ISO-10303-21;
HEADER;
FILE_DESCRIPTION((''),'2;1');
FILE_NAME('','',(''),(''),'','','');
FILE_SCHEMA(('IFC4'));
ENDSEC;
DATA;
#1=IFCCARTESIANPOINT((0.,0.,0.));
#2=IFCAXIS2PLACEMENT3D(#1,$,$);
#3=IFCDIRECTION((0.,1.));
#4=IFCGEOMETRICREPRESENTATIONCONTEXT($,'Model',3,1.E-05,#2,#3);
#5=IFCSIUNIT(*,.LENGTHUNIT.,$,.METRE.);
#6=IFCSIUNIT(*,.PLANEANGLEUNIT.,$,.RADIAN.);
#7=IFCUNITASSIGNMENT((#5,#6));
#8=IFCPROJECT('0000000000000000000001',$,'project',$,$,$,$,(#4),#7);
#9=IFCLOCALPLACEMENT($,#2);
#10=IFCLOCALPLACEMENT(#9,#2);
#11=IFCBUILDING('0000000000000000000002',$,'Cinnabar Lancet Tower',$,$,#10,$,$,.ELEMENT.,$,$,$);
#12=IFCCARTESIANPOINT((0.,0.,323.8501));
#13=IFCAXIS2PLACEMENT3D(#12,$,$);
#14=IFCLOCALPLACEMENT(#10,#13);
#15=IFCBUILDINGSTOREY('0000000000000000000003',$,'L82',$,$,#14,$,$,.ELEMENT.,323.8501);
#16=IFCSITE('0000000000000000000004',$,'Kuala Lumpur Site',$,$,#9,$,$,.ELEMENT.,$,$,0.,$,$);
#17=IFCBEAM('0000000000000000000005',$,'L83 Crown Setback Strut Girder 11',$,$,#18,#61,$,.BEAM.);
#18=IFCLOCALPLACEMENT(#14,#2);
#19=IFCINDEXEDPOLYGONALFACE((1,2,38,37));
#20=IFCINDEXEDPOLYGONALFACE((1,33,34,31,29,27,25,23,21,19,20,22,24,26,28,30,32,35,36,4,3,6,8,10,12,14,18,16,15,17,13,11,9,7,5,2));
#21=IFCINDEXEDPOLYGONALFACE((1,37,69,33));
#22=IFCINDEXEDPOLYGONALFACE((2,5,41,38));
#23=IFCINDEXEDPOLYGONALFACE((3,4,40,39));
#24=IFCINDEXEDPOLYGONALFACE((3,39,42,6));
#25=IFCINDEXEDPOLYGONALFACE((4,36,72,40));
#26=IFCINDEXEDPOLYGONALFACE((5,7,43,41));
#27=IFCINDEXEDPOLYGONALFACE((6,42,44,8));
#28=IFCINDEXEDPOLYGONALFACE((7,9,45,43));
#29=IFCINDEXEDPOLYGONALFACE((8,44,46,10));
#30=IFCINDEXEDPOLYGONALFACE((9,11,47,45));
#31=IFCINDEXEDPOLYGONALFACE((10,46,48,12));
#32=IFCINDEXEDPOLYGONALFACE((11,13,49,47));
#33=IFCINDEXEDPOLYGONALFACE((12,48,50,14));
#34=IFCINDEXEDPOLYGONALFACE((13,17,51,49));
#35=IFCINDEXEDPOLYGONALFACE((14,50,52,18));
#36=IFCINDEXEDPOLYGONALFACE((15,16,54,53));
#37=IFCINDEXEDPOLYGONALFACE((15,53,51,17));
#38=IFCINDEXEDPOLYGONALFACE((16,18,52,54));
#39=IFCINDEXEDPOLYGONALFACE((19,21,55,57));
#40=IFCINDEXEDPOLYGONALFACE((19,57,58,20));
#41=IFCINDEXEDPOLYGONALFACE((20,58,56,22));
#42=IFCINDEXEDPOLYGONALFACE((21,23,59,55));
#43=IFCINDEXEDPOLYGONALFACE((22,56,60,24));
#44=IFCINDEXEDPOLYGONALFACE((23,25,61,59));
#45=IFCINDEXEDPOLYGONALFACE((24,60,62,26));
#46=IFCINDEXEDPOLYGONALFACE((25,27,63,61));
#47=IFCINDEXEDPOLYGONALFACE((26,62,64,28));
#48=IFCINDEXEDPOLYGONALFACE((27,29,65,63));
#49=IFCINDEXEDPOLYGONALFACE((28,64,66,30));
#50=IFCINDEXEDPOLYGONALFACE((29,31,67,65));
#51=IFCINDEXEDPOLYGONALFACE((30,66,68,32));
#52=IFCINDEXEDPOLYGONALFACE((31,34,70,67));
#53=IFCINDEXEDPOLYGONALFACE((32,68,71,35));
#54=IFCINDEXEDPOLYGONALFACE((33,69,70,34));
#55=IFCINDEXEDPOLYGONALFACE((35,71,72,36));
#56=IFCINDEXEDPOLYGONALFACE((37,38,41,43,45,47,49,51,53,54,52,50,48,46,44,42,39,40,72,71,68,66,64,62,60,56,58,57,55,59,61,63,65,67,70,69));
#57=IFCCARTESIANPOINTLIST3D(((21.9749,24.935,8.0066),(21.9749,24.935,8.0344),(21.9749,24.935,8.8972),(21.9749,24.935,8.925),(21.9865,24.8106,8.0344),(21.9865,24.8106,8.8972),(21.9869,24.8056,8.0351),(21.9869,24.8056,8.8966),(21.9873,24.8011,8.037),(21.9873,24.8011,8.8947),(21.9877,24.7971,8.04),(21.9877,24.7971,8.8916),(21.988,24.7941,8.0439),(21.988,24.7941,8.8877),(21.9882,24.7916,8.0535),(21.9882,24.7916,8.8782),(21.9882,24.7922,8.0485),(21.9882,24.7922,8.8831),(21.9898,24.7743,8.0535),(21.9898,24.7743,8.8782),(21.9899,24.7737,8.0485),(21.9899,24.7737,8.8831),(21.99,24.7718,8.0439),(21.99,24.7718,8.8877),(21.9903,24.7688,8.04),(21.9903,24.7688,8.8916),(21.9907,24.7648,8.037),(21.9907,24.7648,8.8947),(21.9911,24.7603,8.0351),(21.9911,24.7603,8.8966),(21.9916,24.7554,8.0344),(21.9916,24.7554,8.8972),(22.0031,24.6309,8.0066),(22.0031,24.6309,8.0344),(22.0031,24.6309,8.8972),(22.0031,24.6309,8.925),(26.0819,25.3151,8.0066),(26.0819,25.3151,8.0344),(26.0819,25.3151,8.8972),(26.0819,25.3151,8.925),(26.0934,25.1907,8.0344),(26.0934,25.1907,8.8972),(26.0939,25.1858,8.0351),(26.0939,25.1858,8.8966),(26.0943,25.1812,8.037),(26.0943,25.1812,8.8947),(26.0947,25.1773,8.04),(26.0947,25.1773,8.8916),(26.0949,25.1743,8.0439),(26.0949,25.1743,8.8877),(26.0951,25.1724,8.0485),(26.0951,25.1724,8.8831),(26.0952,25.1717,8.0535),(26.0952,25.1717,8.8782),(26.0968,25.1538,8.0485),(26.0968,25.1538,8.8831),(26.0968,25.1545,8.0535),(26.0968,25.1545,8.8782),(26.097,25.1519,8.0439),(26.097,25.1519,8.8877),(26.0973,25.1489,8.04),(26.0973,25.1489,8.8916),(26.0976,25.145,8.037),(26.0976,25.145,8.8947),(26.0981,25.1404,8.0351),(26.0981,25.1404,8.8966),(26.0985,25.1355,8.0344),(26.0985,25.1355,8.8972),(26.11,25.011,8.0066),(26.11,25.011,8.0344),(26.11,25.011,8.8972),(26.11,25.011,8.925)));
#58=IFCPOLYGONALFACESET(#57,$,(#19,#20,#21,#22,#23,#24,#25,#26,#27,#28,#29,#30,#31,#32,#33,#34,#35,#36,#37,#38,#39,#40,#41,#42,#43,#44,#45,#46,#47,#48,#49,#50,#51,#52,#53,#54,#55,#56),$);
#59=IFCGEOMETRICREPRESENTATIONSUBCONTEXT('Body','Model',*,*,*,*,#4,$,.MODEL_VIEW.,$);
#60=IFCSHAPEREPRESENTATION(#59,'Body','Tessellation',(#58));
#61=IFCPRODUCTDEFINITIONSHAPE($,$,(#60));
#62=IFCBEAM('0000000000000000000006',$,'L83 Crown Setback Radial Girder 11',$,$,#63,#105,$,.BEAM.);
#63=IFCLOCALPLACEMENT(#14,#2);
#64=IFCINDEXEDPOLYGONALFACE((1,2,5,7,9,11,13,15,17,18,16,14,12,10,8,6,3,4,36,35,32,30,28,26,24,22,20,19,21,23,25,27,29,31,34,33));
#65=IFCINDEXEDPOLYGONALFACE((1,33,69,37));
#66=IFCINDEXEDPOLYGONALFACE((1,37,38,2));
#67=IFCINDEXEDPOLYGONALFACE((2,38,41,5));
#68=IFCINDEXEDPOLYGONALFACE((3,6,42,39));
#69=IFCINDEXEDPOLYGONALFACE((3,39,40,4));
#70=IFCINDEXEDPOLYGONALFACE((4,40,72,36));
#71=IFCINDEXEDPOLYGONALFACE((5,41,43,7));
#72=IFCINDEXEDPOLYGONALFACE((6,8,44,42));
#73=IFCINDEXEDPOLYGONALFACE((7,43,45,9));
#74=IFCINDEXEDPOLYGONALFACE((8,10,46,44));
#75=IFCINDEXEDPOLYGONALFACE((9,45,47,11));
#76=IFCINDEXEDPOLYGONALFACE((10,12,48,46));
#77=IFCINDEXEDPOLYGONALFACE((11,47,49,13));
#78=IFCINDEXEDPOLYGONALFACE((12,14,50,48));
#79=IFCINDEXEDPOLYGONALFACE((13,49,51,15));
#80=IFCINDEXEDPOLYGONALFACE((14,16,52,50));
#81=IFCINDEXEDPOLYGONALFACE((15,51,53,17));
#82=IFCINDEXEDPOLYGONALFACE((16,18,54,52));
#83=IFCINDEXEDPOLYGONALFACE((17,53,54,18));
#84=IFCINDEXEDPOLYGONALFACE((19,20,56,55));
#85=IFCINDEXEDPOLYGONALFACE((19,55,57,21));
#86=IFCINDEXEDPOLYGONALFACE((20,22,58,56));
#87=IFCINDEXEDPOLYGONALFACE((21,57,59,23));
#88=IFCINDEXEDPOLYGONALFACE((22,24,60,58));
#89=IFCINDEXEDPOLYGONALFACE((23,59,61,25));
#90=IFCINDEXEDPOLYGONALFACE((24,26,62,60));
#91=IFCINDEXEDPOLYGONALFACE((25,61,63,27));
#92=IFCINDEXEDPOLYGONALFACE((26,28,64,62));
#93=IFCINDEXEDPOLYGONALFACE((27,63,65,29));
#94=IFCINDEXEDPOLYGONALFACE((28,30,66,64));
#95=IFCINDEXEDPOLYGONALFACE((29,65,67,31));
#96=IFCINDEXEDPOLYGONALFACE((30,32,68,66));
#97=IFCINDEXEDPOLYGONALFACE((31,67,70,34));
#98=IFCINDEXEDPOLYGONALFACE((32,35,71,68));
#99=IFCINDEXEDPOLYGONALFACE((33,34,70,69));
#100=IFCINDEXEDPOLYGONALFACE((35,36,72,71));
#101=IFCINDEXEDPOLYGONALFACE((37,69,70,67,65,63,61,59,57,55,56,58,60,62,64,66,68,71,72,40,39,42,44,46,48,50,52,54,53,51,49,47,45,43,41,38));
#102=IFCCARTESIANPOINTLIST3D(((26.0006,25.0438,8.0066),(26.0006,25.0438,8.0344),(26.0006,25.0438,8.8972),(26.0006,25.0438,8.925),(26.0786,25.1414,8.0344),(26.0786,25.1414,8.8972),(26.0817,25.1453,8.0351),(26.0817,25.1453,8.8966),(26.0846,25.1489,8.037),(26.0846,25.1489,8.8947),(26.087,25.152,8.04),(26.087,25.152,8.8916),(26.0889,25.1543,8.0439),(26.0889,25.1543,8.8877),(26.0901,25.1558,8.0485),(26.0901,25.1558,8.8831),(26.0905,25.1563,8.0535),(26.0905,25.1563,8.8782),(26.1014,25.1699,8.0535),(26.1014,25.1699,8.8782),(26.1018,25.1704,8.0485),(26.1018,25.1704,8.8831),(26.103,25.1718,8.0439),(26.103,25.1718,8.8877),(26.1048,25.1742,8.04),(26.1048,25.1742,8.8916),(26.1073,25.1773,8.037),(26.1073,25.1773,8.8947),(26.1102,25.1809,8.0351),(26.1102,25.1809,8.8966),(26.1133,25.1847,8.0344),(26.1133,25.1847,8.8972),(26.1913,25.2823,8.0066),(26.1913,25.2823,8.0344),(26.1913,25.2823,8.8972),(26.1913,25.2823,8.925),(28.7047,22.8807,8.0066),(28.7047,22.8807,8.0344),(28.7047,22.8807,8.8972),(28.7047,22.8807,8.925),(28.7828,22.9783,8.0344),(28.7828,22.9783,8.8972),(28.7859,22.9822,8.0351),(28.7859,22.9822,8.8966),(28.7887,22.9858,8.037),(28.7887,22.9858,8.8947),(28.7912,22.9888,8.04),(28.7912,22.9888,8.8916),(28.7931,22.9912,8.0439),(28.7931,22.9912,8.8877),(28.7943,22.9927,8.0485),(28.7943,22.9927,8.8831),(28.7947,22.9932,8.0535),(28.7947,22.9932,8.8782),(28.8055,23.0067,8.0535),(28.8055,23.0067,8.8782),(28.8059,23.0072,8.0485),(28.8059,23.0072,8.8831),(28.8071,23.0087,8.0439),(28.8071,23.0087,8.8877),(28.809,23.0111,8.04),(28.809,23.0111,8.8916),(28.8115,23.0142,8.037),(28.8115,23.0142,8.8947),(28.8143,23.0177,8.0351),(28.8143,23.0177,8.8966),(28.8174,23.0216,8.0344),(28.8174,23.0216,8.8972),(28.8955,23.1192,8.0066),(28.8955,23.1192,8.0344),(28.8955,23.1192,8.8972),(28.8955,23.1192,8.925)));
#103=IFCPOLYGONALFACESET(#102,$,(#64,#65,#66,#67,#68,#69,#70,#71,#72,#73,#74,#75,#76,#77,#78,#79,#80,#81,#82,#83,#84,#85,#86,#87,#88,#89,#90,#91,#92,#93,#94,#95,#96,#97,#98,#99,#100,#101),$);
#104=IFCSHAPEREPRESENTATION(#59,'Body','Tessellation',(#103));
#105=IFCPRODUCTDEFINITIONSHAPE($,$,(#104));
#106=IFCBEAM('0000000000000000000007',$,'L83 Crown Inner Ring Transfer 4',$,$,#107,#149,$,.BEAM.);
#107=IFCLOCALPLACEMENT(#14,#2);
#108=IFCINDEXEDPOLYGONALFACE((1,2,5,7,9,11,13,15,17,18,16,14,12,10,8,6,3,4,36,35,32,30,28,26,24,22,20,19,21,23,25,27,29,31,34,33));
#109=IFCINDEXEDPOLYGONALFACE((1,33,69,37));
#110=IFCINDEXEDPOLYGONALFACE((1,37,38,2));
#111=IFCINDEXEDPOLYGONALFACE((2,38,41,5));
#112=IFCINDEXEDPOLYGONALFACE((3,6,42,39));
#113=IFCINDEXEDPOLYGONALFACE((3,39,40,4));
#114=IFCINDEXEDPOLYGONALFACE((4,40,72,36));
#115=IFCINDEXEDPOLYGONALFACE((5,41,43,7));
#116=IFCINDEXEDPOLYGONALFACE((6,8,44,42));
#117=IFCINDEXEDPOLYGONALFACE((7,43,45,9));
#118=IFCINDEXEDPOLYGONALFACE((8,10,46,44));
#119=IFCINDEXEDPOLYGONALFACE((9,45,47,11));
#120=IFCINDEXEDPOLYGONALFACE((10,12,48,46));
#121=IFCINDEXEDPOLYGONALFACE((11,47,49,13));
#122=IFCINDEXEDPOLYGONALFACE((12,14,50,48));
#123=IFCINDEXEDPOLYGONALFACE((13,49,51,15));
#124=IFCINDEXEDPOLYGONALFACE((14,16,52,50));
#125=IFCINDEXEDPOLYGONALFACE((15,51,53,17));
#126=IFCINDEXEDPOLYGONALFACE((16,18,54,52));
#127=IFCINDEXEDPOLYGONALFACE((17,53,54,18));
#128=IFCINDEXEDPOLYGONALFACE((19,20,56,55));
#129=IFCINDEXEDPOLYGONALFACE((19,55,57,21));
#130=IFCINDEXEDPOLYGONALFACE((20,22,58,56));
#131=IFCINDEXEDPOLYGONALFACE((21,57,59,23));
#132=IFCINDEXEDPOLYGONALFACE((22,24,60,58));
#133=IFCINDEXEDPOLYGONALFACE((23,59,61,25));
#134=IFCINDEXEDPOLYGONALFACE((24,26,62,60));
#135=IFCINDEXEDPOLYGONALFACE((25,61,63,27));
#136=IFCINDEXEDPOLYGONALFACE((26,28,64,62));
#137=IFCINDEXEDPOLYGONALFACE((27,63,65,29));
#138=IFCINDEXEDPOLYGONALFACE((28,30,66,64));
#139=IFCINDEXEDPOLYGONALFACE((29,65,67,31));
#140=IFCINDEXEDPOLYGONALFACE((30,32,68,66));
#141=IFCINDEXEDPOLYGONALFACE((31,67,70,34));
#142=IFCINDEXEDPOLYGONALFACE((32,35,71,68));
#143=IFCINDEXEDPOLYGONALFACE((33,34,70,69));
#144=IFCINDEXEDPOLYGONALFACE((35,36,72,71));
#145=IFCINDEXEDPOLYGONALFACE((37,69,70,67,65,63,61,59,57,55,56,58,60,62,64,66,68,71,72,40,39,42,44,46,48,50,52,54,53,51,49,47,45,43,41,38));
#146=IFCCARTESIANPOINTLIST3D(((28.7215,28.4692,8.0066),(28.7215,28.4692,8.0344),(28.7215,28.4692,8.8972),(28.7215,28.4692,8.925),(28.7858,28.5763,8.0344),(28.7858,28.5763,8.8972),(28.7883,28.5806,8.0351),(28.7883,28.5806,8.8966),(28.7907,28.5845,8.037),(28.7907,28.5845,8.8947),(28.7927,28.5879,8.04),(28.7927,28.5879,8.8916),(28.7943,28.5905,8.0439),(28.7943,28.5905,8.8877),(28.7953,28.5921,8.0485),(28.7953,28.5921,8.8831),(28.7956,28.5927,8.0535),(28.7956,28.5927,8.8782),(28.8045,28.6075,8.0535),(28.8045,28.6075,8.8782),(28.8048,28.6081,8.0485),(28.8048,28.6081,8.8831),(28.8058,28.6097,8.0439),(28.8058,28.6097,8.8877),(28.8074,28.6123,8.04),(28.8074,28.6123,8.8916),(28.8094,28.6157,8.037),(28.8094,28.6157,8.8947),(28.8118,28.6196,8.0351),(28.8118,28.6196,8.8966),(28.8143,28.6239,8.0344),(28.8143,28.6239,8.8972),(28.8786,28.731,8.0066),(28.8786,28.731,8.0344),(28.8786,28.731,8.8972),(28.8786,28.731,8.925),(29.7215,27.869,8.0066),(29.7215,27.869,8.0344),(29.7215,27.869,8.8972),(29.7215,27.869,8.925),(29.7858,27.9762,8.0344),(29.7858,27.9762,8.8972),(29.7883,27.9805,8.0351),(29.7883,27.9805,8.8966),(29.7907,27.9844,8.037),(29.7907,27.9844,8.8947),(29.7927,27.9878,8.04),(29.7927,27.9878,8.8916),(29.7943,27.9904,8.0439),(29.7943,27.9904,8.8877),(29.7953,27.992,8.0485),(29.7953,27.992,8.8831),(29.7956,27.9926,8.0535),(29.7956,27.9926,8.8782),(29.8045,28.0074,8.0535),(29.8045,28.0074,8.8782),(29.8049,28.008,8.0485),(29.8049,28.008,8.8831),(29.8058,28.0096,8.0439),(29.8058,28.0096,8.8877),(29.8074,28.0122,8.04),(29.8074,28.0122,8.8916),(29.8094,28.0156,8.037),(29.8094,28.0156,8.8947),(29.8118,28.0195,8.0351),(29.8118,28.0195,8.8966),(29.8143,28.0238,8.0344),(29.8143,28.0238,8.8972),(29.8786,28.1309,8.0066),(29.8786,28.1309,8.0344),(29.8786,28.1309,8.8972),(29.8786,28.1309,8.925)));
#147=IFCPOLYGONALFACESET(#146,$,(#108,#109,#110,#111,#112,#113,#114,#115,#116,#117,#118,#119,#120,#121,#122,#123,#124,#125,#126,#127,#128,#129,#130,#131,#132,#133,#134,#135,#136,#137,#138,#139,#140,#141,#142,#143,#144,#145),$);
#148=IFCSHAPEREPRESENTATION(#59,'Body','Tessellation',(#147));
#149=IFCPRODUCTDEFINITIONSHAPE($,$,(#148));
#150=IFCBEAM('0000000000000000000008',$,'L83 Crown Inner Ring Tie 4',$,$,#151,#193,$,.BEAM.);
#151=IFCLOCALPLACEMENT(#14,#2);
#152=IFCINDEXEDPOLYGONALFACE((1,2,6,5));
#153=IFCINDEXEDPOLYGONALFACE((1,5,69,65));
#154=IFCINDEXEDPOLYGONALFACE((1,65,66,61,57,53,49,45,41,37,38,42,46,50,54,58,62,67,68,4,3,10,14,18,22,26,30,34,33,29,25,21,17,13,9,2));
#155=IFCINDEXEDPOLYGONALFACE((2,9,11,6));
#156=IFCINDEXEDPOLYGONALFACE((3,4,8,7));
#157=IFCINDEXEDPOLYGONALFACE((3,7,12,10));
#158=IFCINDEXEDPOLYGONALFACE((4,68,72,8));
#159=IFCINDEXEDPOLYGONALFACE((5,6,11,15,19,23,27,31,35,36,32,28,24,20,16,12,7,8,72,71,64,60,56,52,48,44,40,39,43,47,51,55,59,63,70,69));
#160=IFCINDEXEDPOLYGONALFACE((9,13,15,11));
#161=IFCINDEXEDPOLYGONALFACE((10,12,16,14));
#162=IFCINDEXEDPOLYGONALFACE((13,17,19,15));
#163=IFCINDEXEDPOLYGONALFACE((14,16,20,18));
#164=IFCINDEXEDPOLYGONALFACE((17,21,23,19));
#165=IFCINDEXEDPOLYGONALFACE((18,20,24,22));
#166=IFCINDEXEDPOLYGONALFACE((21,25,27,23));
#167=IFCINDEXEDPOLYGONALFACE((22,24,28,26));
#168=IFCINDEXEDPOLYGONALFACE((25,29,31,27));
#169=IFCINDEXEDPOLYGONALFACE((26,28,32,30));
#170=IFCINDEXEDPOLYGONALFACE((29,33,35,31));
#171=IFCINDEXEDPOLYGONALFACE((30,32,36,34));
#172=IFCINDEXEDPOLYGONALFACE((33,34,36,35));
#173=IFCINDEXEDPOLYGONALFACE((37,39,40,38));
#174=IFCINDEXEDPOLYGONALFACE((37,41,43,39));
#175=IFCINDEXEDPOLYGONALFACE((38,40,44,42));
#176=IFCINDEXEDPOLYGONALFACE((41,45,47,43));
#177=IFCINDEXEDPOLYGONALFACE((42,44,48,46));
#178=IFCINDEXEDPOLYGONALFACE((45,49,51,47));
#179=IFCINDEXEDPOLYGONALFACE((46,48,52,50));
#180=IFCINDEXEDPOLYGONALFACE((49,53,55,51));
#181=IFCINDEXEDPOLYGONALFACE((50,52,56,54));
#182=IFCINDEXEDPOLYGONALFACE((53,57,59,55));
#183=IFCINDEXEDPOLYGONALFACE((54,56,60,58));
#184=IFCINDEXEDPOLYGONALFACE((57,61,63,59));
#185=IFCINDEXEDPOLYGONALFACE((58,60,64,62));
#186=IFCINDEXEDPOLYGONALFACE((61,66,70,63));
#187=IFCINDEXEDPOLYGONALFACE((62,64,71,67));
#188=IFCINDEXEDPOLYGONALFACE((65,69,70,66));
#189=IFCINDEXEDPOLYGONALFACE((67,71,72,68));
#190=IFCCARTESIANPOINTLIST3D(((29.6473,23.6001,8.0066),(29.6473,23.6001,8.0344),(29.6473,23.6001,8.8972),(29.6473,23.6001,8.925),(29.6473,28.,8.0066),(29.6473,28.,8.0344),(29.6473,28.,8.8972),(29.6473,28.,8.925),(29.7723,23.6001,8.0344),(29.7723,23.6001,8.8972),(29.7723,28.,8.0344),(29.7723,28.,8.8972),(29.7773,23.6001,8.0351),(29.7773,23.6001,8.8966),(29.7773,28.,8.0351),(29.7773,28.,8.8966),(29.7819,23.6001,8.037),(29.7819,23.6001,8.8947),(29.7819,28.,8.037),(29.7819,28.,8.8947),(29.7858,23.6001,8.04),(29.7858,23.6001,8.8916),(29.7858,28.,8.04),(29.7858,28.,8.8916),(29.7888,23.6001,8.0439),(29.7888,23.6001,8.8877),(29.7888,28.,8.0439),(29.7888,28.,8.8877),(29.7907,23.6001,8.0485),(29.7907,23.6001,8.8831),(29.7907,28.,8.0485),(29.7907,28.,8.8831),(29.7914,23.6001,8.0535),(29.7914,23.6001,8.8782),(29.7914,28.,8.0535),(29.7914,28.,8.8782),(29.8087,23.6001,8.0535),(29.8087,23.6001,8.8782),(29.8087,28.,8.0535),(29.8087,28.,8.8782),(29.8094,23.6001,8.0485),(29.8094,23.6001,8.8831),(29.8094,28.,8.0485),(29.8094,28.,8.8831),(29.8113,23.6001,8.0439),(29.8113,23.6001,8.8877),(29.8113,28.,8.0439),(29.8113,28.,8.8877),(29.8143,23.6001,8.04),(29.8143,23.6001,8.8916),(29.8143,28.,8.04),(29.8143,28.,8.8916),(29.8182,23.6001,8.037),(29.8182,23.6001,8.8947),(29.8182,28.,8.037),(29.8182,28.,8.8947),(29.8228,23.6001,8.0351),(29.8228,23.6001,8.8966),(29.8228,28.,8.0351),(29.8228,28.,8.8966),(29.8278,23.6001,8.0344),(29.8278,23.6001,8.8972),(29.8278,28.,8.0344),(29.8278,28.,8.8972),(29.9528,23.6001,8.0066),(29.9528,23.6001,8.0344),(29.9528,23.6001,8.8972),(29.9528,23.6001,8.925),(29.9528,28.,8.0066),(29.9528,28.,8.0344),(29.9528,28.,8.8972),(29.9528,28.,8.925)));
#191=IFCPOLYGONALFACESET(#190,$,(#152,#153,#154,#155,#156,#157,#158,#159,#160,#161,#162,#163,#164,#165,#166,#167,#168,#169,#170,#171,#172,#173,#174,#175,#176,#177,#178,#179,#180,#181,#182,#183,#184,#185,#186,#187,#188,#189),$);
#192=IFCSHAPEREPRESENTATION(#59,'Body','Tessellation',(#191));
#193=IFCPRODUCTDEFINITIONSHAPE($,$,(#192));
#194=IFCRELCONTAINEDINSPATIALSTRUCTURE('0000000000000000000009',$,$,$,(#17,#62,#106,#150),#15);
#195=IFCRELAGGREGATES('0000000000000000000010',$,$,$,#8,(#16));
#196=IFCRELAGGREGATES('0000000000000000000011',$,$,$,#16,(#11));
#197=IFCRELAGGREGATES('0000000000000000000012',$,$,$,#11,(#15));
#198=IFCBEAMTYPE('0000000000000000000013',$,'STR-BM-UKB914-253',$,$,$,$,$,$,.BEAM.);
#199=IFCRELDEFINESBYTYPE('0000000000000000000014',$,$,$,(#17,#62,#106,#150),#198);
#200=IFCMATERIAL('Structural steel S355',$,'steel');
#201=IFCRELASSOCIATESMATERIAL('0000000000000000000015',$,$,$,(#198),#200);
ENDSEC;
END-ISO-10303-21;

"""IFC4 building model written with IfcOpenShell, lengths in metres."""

from ifc_helpers import new_model, si_unit, direction, frame, origin, origin_2d, place, context, subcontext, project, spatial, i_section, extrude, material, material_profile, profile_set, type_object, element, save


model = new_model("IFC4")

# Units and contexts
model_context = context("Model", 3, precision=1e-05, world=origin(), true_north=direction((0.0, 1.0)))
body_context = subcontext(model_context, "Body", "Model", "MODEL_VIEW")
ifc_project = project(units=[si_unit("LENGTHUNIT", "METRE"), si_unit("PLANEANGLEUNIT", "RADIAN")], contexts=[model_context])

# Site, building, storey
site_placement = place(None, origin())
site = spatial("IfcSite", under=ifc_project, at=site_placement, Name="Kuala Lumpur Site", CompositionType="ELEMENT", RefElevation=0.0)
building_placement = place(site_placement, origin())
building = spatial("IfcBuilding", under=site, at=building_placement, Name="Cinnabar Lancet Tower", CompositionType="ELEMENT")
storey_placement = place(building_placement, frame((0.0, 0.0, 323.8501)))
storey = spatial("IfcBuildingStorey", under=building, at=storey_placement, Name="L82", CompositionType="ELEMENT", Elevation=323.8501)

# Beams
ifc_material_1 = material(Name="Structural steel S355", Category="steel")
ifc_material_profile_1 = material_profile(ifc_material_1, i_section(OverallWidth=0.3054, OverallDepth=0.9185, WebThickness=0.0173, FlangeThickness=0.0278, FilletRadius=0.019, at=origin_2d()), Name="UKB 914x305x253")
ifc_profile_set_1 = profile_set([ifc_material_profile_1], Name="Structural steel S355")
beam_type = type_object("IfcBeamType", Name="STR-BM-UKB914-253", PredefinedType="BEAM", material=ifc_profile_set_1)
beam_1_placement = place(storey_placement, frame((21.989, 24.783, 8.4658), z_axis=(0.995744, 0.092163, 0.0), x_axis=(-0.092163, 0.995744, 0.0)))
element("IfcBeam", 1, at=beam_1_placement, inside=storey, type_object=beam_type, Name="L83 Crown Setback Strut Girder 11", PredefinedType="BEAM", context=body_context, shape_type="SweptSolid", body=[
    extrude(i_section(OverallWidth=0.3054, OverallDepth=0.9185, WebThickness=0.0173, FlangeThickness=0.0278, FilletRadius=0.019, at=origin_2d()), origin(), (0.0, 0.0, 1.0), 4.1245),
])
beam_2_placement = place(storey_placement, frame((26.0959, 25.1631, 8.4658), z_axis=(0.780896, -0.624661, 0.0), x_axis=(0.624661, 0.780896, 0.0)))
element("IfcBeam", 2, at=beam_2_placement, inside=storey, type_object=beam_type, Name="L83 Crown Setback Radial Girder 11", PredefinedType="BEAM", context=body_context, shape_type="SweptSolid", body=[
    extrude(i_section(OverallWidth=0.3054, OverallDepth=0.9185, WebThickness=0.0173, FlangeThickness=0.0278, FilletRadius=0.019, at=origin_2d()), origin(), (0.0, 0.0, 1.0), 3.4629),
])
beam_3_placement = place(storey_placement, frame((28.8, 28.6001, 8.4658), z_axis=(0.857456, -0.514557, 0.0), x_axis=(0.514557, 0.857456, 0.0)))
element("IfcBeam", 3, at=beam_3_placement, inside=storey, type_object=beam_type, Name="L83 Crown Inner Ring Transfer 4", PredefinedType="BEAM", context=body_context, shape_type="SweptSolid", body=[
    extrude(i_section(OverallWidth=0.3054, OverallDepth=0.9185, WebThickness=0.0173, FlangeThickness=0.0278, FilletRadius=0.019, at=origin_2d()), origin(), (0.0, 0.0, 1.0), 1.1663),
])
beam_4_placement = place(storey_placement, frame((29.8, 28.0, 8.4658), z_axis=(0.0, -1.0, 0.0), x_axis=(1.0, 0.0, 0.0)))
element("IfcBeam", 4, at=beam_4_placement, inside=storey, type_object=beam_type, Name="L83 Crown Inner Ring Tie 4", PredefinedType="BEAM", context=body_context, shape_type="SweptSolid", body=[
    extrude(i_section(OverallWidth=0.3054, OverallDepth=0.9185, WebThickness=0.0173, FlangeThickness=0.0278, FilletRadius=0.019, at=origin_2d()), origin(), (0.0, 0.0, 1.0), 4.3999),
])

save(model, "model.ifc")
